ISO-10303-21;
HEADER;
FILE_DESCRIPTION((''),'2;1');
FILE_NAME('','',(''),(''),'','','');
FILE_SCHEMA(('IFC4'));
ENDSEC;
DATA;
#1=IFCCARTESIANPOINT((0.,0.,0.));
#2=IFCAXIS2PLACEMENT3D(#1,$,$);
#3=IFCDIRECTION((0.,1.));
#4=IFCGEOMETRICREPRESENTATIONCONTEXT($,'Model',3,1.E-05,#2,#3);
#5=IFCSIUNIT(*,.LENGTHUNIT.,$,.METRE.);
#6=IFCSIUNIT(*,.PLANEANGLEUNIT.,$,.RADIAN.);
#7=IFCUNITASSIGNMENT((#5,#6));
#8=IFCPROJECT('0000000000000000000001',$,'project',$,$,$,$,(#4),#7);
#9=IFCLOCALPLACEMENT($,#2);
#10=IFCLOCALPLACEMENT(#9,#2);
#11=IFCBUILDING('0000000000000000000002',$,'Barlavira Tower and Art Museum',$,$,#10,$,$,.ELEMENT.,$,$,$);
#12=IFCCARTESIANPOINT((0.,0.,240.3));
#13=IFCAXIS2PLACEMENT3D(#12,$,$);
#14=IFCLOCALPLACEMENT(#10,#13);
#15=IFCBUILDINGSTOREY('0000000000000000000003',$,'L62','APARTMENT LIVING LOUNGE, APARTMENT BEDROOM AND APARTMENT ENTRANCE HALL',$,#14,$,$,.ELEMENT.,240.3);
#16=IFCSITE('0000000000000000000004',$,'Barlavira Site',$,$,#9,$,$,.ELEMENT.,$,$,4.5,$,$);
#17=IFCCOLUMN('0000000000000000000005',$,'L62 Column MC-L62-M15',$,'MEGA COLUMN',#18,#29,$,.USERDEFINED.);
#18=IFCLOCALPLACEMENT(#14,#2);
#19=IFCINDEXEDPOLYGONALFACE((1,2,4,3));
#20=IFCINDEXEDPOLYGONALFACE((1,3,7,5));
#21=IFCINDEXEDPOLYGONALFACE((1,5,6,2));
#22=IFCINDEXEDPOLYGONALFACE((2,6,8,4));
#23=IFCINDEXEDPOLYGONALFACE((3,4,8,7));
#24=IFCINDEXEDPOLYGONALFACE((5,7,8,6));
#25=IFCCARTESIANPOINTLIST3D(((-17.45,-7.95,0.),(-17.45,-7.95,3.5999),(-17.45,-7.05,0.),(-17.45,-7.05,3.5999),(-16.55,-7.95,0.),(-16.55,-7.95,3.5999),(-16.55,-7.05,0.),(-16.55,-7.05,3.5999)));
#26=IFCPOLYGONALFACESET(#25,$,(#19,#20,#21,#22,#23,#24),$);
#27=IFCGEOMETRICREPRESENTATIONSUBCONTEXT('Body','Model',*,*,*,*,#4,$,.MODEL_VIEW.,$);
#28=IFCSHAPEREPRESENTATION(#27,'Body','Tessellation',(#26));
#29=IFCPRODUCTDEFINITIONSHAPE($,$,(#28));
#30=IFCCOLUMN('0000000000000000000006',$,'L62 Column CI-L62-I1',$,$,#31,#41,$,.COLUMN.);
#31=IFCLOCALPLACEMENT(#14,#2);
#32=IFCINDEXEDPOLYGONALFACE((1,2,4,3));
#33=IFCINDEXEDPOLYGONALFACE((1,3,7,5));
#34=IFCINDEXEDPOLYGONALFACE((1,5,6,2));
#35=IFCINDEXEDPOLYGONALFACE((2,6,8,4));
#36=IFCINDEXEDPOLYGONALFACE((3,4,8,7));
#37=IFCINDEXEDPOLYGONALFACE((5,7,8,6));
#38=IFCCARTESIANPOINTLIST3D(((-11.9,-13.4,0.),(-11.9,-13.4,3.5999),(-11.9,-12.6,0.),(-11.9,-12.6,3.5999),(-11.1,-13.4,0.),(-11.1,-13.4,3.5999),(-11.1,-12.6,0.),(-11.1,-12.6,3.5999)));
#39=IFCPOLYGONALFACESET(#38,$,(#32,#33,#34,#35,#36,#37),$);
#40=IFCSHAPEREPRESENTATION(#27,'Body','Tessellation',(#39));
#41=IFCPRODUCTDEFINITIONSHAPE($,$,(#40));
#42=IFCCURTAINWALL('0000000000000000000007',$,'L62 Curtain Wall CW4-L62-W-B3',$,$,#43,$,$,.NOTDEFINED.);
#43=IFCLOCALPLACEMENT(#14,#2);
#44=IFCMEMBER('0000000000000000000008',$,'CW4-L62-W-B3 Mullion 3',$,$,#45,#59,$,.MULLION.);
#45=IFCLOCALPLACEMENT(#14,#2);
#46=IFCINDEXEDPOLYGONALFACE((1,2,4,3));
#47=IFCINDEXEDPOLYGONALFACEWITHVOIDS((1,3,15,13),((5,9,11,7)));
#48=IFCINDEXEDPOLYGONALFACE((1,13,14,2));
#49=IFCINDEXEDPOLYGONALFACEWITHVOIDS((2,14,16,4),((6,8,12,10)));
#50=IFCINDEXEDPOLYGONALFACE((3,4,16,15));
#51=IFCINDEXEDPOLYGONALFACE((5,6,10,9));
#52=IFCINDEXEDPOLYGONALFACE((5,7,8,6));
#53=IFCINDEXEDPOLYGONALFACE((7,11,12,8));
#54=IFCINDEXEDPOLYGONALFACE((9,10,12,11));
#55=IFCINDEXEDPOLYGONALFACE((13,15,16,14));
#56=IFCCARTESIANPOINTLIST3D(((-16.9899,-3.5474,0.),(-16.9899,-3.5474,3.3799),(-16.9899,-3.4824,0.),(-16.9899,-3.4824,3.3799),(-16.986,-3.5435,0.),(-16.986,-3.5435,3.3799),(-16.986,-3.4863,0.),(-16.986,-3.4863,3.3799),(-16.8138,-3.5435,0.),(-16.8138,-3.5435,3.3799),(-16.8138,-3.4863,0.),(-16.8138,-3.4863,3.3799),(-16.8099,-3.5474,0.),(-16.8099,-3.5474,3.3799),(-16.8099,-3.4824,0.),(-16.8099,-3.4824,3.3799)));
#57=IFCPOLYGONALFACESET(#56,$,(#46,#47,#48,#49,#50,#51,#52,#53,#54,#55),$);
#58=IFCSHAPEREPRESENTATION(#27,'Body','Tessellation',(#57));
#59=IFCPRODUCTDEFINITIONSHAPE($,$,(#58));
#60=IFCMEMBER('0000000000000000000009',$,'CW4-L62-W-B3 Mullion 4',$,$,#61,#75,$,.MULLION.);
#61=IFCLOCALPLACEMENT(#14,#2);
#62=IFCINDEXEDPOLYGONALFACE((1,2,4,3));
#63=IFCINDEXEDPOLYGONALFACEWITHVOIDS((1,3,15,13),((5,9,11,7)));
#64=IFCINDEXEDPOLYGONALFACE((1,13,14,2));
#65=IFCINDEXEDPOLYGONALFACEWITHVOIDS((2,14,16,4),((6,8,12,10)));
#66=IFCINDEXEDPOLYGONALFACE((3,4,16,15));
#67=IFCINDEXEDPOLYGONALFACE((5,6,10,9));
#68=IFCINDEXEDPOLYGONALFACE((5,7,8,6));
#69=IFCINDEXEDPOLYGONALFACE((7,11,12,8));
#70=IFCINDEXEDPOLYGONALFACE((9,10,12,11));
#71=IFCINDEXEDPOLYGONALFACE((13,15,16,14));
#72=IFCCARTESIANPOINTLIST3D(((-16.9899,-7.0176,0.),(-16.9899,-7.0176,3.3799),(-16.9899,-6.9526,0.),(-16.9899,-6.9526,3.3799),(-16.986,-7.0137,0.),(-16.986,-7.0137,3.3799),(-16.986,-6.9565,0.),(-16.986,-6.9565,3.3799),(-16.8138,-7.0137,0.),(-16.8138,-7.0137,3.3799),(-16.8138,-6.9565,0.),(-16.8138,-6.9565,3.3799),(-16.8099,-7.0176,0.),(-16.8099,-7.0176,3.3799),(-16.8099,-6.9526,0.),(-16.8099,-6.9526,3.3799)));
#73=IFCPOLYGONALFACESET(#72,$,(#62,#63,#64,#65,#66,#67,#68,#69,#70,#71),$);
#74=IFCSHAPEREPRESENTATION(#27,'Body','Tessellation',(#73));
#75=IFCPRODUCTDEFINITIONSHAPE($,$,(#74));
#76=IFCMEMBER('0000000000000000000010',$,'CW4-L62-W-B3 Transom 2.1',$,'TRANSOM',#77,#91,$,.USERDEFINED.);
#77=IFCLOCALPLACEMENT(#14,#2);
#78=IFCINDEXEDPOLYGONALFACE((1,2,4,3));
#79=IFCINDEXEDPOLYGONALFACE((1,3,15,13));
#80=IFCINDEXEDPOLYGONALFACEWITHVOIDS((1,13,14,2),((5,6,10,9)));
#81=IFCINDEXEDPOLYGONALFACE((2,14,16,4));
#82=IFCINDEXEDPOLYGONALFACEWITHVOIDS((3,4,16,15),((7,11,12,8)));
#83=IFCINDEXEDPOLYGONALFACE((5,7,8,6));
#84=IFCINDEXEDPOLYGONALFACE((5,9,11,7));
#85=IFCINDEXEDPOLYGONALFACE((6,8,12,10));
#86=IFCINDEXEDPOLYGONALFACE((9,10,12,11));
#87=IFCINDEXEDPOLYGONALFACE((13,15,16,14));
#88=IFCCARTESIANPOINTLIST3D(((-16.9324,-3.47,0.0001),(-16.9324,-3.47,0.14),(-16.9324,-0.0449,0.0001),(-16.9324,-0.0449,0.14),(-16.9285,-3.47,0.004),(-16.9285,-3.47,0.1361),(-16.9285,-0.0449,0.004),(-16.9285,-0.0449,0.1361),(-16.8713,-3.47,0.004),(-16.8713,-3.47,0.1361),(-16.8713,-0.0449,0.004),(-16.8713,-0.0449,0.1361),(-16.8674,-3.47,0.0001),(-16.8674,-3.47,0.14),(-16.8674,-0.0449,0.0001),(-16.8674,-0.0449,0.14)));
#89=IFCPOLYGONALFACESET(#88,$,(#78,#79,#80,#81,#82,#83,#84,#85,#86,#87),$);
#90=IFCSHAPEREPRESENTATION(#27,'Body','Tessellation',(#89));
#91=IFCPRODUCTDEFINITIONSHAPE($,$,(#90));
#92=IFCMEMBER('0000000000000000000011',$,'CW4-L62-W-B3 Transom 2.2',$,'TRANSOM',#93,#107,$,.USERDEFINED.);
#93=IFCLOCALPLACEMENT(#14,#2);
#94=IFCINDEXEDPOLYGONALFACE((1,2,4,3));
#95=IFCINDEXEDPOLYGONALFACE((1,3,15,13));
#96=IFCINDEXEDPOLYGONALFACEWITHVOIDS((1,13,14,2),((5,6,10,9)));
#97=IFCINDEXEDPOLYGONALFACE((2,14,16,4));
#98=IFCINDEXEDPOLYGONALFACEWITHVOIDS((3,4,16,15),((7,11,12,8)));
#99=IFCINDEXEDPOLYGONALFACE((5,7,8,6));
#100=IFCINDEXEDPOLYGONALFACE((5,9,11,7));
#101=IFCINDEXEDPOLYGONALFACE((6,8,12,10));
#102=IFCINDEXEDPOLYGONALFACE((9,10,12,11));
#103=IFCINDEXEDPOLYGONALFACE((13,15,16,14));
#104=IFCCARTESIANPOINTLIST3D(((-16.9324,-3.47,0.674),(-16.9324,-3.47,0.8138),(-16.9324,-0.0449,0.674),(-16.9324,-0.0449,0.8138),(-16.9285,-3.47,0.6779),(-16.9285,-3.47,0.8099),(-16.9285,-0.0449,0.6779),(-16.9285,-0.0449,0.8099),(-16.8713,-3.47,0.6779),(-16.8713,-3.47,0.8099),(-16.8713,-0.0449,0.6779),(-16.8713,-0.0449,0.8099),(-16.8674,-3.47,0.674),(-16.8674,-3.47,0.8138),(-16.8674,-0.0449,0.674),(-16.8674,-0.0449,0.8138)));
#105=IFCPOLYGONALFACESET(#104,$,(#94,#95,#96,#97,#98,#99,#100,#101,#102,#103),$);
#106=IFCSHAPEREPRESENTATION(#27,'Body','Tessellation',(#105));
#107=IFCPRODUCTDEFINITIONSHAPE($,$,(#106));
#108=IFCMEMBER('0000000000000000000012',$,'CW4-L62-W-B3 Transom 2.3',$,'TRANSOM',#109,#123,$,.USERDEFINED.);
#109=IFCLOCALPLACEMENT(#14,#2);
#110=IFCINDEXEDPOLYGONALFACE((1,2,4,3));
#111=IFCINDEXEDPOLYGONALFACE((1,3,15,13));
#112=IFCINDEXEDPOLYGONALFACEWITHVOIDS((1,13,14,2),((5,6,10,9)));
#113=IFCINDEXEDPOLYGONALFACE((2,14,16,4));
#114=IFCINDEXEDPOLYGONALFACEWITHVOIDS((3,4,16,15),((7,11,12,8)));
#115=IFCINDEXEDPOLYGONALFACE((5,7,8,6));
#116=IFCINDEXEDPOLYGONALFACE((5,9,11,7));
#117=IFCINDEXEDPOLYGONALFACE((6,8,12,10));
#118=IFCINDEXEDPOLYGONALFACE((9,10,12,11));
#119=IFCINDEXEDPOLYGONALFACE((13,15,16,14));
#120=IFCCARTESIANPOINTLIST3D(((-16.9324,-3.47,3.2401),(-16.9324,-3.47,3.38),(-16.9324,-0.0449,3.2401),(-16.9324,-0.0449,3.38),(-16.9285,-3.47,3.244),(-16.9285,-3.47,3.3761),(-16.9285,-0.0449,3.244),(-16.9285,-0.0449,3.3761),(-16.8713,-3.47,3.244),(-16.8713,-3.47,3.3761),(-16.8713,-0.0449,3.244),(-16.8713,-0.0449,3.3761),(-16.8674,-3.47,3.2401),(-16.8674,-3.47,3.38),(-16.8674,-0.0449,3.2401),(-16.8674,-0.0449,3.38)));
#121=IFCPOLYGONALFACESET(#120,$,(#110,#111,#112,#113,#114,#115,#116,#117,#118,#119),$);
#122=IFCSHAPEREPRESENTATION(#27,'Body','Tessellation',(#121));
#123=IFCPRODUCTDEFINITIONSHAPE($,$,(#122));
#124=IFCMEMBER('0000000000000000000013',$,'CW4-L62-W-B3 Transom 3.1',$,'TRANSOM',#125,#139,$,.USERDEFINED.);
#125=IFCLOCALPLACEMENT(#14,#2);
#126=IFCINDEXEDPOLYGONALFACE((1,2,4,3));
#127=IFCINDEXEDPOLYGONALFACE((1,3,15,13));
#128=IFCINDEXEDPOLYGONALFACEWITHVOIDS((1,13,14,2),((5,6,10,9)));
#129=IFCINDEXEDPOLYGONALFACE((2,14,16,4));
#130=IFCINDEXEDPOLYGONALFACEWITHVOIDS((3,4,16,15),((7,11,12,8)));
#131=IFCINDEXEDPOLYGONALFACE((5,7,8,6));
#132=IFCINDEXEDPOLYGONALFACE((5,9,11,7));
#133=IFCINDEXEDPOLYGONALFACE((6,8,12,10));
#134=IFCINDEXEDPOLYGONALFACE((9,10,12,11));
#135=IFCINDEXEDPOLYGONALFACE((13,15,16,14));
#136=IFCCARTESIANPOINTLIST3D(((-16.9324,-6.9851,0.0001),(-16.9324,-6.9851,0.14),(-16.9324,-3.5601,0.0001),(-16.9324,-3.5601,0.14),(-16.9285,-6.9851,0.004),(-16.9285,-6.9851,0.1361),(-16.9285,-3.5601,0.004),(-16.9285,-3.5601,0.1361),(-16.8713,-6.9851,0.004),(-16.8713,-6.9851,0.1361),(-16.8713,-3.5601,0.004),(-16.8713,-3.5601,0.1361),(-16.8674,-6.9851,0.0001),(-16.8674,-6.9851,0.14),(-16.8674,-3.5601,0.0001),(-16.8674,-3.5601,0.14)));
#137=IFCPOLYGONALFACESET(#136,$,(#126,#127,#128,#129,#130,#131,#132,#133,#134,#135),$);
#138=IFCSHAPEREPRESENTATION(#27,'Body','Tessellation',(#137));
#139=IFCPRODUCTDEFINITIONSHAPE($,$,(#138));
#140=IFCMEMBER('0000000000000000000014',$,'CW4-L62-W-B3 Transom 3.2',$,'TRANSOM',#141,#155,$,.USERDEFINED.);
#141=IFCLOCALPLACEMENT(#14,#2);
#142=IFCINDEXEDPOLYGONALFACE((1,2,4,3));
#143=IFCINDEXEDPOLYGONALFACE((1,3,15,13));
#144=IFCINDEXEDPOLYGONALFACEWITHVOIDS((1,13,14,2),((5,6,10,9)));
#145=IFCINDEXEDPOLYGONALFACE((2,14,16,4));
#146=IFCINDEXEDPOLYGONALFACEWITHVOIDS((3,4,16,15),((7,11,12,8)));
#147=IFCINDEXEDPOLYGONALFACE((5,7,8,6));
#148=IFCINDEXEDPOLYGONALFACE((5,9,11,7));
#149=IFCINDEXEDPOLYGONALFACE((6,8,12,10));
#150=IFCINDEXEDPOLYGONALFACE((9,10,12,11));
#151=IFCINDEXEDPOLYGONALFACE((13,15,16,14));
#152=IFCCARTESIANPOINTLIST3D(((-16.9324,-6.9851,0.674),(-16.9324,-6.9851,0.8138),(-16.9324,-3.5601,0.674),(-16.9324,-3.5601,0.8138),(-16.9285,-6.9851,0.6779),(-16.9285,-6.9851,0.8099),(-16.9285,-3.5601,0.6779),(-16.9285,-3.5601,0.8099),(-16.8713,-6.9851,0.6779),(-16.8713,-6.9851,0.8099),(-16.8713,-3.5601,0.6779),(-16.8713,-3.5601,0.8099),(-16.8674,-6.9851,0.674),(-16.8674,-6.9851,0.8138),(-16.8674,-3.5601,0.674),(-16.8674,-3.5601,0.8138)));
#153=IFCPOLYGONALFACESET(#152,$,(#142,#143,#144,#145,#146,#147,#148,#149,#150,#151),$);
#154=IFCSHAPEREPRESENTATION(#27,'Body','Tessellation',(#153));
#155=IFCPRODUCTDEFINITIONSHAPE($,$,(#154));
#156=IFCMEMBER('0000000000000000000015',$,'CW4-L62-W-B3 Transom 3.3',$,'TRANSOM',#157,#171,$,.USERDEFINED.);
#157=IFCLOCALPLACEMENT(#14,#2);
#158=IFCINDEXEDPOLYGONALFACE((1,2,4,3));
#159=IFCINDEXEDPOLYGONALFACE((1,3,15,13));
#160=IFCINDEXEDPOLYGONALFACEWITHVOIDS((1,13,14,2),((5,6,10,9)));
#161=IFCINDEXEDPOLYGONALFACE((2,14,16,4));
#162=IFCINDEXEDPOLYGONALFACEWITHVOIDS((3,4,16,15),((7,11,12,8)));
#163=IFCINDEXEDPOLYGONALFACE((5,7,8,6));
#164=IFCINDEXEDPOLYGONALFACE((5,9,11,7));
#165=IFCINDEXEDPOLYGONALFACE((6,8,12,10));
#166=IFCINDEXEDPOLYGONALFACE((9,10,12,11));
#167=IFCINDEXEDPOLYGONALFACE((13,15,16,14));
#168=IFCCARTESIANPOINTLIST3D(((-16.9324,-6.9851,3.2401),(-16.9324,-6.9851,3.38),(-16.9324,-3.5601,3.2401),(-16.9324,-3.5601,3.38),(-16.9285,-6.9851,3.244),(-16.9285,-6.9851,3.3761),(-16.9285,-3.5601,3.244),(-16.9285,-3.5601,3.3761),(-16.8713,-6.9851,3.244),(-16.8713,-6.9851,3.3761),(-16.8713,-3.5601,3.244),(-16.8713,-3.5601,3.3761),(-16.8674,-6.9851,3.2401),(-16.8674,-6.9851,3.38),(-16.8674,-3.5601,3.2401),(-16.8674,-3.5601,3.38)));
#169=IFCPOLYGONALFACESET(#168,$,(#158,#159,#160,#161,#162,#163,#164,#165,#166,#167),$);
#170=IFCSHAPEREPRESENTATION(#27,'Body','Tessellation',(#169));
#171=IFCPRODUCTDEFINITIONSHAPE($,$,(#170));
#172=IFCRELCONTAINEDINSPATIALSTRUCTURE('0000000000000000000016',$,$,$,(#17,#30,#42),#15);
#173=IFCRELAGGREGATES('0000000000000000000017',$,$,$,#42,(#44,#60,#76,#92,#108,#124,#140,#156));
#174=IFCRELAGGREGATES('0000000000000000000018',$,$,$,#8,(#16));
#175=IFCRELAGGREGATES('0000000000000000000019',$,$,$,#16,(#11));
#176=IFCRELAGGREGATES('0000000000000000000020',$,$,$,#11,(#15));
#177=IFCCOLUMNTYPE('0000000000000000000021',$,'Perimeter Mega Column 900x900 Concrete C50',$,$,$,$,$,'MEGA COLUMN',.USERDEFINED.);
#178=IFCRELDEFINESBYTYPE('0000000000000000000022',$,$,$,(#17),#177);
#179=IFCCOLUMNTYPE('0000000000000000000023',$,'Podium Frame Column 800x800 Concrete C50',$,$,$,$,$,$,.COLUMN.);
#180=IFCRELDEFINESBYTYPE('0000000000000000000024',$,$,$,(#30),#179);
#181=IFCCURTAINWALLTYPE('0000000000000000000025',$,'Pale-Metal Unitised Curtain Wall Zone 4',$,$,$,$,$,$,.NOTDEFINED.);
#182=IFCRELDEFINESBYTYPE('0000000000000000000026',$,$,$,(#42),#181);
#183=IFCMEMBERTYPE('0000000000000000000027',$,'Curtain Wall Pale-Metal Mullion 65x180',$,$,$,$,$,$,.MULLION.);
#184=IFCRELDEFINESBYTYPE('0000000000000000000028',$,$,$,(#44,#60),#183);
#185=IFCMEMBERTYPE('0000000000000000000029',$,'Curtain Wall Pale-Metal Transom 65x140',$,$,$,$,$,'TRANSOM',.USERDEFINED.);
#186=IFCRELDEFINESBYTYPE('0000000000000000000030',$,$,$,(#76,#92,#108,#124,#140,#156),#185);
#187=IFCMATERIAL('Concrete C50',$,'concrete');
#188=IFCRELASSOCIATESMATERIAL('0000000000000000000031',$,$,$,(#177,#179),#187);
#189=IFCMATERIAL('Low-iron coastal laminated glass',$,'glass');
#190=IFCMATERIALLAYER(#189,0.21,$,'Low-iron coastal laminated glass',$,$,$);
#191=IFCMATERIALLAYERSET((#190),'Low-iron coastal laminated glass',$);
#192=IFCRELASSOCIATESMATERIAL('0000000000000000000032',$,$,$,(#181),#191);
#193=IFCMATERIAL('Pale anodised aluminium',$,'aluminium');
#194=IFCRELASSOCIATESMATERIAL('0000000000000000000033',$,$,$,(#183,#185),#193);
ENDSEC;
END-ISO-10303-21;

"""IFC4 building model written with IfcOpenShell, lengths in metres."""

from ifc_helpers import new_model, si_unit, direction, frame, origin, origin_2d, place, context, subcontext, project, spatial, rectangle, hollow_rectangle, extrude, material, layer, layer_set, material_profile, profile_set, type_object, element, aggregate, save


model = new_model("IFC4")

# Units and contexts
model_context = context("Model", 3, precision=1e-05, world=origin(), true_north=direction((0.0, 1.0)))
body_context = subcontext(model_context, "Body", "Model", "MODEL_VIEW")
ifc_project = project(units=[si_unit("LENGTHUNIT", "METRE"), si_unit("PLANEANGLEUNIT", "RADIAN")], contexts=[model_context])

# Site, building, storey
site_placement = place(None, origin())
site = spatial("IfcSite", under=ifc_project, at=site_placement, Name="Barlavira Site", CompositionType="ELEMENT", RefElevation=4.5)
building_placement = place(site_placement, origin())
building = spatial("IfcBuilding", under=site, at=building_placement, Name="Barlavira Tower and Art Museum", CompositionType="ELEMENT")
storey_placement = place(building_placement, frame((0.0, 0.0, 240.3)))
storey = spatial("IfcBuildingStorey", under=building, at=storey_placement, Name="L62", Description="APARTMENT LIVING LOUNGE, APARTMENT BEDROOM AND APARTMENT ENTRANCE HALL", CompositionType="ELEMENT", Elevation=240.3)

# Columns
ifc_material_1 = material(Name="Concrete C50", Category="concrete")
ifc_material_profile_1 = material_profile(ifc_material_1, rectangle(XDim=0.8999, YDim=0.8999, at=origin_2d()), Name="RC-COL 900x900")
ifc_profile_set_1 = profile_set([ifc_material_profile_1], Name="Concrete C50")
column_type_1 = type_object("IfcColumnType", Name="Perimeter Mega Column 900x900 Concrete C50", ElementType="MEGA COLUMN", PredefinedType="USERDEFINED", material=ifc_profile_set_1)
column_1_placement = place(storey_placement, frame((-17.0, -7.5, 0.0), z_axis=(0.0, 0.0, 1.0), x_axis=(1.0, 0.0, 0.0)))
element("IfcColumn", 1, at=column_1_placement, inside=storey, type_object=column_type_1, Name="L62 Column MC-L62-M15", ObjectType="MEGA COLUMN", PredefinedType="USERDEFINED", context=body_context, shape_type="SweptSolid", body=[
    extrude(rectangle(XDim=0.8999, YDim=0.8999, at=origin_2d()), origin(), (0.0, 0.0, 1.0), 3.5999),
])
ifc_material_profile_2 = material_profile(ifc_material_1, rectangle(XDim=0.8, YDim=0.8, at=origin_2d()), Name="RC-COL 800x800")
ifc_profile_set_2 = profile_set([ifc_material_profile_2], Name="Concrete C50")
column_type_2 = type_object("IfcColumnType", Name="Podium Frame Column 800x800 Concrete C50", PredefinedType="COLUMN", material=ifc_profile_set_2)
column_2_placement = place(storey_placement, frame((-11.5, -13.0, 0.0), z_axis=(0.0, 0.0, 1.0), x_axis=(1.0, 0.0, 0.0)))
element("IfcColumn", 2, at=column_2_placement, inside=storey, type_object=column_type_2, Name="L62 Column CI-L62-I1", PredefinedType="COLUMN", context=body_context, shape_type="SweptSolid", body=[
    extrude(rectangle(XDim=0.8, YDim=0.8, at=origin_2d()), origin(), (0.0, 0.0, 1.0), 3.5999),
])

# Curtain wall, members
ifc_material_2 = material(Name="Low-iron coastal laminated glass", Category="glass")
ifc_layer_1 = layer(ifc_material_2, 0.21, Name="Low-iron coastal laminated glass")
ifc_layer_set_1 = layer_set([ifc_layer_1], Name="Low-iron coastal laminated glass")
curtain_wall_type = type_object("IfcCurtainWallType", Name="Pale-Metal Unitised Curtain Wall Zone 4", PredefinedType="NOTDEFINED", material=ifc_layer_set_1)
curtain_wall_placement = place(storey_placement, origin())
curtain_wall = element("IfcCurtainWall", 3, at=curtain_wall_placement, inside=storey, type_object=curtain_wall_type, Name="L62 Curtain Wall CW4-L62-W-B3", PredefinedType="NOTDEFINED")
ifc_material_3 = material(Name="Pale anodised aluminium", Category="aluminium")
ifc_material_profile_3 = material_profile(ifc_material_3, hollow_rectangle(XDim=0.0649, YDim=0.1799, WallThickness=0.0039, at=origin_2d()), Name="ALU-MULL 65x180x4")
ifc_profile_set_3 = profile_set([ifc_material_profile_3], Name="Pale anodised aluminium")
member_type_1 = type_object("IfcMemberType", Name="Curtain Wall Pale-Metal Mullion 65x180", PredefinedType="MULLION", material=ifc_profile_set_3)
member_1_placement = place(storey_placement, frame((-16.8999, -3.5149, 0.0), z_axis=(0.0, 0.0, 1.0), x_axis=(0.0, -1.0, 0.0)))
member_1 = element("IfcMember", 4, at=member_1_placement, type_object=member_type_1, Name="CW4-L62-W-B3 Mullion 3", PredefinedType="MULLION", context=body_context, shape_type="SweptSolid", body=[
    extrude(hollow_rectangle(XDim=0.0649, YDim=0.1799, WallThickness=0.0039, at=origin_2d()), origin(), (0.0, 0.0, 1.0), 3.3799),
])
member_2_placement = place(storey_placement, frame((-16.8999, -6.9851, 0.0), z_axis=(0.0, 0.0, 1.0), x_axis=(0.0, -1.0, 0.0)))
member_2 = element("IfcMember", 5, at=member_2_placement, type_object=member_type_1, Name="CW4-L62-W-B3 Mullion 4", PredefinedType="MULLION", context=body_context, shape_type="SweptSolid", body=[
    extrude(hollow_rectangle(XDim=0.0649, YDim=0.1799, WallThickness=0.0039, at=origin_2d()), origin(), (0.0, 0.0, 1.0), 3.3799),
])
ifc_material_profile_4 = material_profile(ifc_material_3, hollow_rectangle(XDim=0.0649, YDim=0.1399, WallThickness=0.0039, at=origin_2d()), Name="ALU-TRAN 65x140x4")
ifc_profile_set_4 = profile_set([ifc_material_profile_4], Name="Pale anodised aluminium")
member_type_2 = type_object("IfcMemberType", Name="Curtain Wall Pale-Metal Transom 65x140", ElementType="TRANSOM", PredefinedType="USERDEFINED", material=ifc_profile_set_4)
member_3_placement = place(storey_placement, frame((-16.8999, -0.0449, 0.0701), z_axis=(0.0, -1.0, 0.0), x_axis=(1.0, 0.0, 0.0)))
member_3 = element("IfcMember", 6, at=member_3_placement, type_object=member_type_2, Name="CW4-L62-W-B3 Transom 2.1", ObjectType="TRANSOM", PredefinedType="USERDEFINED", context=body_context, shape_type="SweptSolid", body=[
    extrude(hollow_rectangle(XDim=0.0649, YDim=0.1399, WallThickness=0.0039, at=origin_2d()), origin(), (0.0, 0.0, 1.0), 3.425),
])
member_4_placement = place(storey_placement, frame((-16.8999, -0.0449, 0.7439), z_axis=(0.0, -1.0, 0.0), x_axis=(1.0, 0.0, 0.0)))
member_4 = element("IfcMember", 7, at=member_4_placement, type_object=member_type_2, Name="CW4-L62-W-B3 Transom 2.2", ObjectType="TRANSOM", PredefinedType="USERDEFINED", context=body_context, shape_type="SweptSolid", body=[
    extrude(hollow_rectangle(XDim=0.0649, YDim=0.1399, WallThickness=0.0039, at=origin_2d()), origin(), (0.0, 0.0, 1.0), 3.425),
])
member_5_placement = place(storey_placement, frame((-16.8999, -0.0449, 3.3101), z_axis=(0.0, -1.0, 0.0), x_axis=(1.0, 0.0, 0.0)))
member_5 = element("IfcMember", 8, at=member_5_placement, type_object=member_type_2, Name="CW4-L62-W-B3 Transom 2.3", ObjectType="TRANSOM", PredefinedType="USERDEFINED", context=body_context, shape_type="SweptSolid", body=[
    extrude(hollow_rectangle(XDim=0.0649, YDim=0.1399, WallThickness=0.0039, at=origin_2d()), origin(), (0.0, 0.0, 1.0), 3.425),
])
member_6_placement = place(storey_placement, frame((-16.8999, -3.5601, 0.0701), z_axis=(0.0, -1.0, 0.0), x_axis=(1.0, 0.0, 0.0)))
member_6 = element("IfcMember", 9, at=member_6_placement, type_object=member_type_2, Name="CW4-L62-W-B3 Transom 3.1", ObjectType="TRANSOM", PredefinedType="USERDEFINED", context=body_context, shape_type="SweptSolid", body=[
    extrude(hollow_rectangle(XDim=0.0649, YDim=0.1399, WallThickness=0.0039, at=origin_2d()), origin(), (0.0, 0.0, 1.0), 3.425),
])
member_7_placement = place(storey_placement, frame((-16.8999, -3.5601, 0.7439), z_axis=(0.0, -1.0, 0.0), x_axis=(1.0, 0.0, 0.0)))
member_7 = element("IfcMember", 10, at=member_7_placement, type_object=member_type_2, Name="CW4-L62-W-B3 Transom 3.2", ObjectType="TRANSOM", PredefinedType="USERDEFINED", context=body_context, shape_type="SweptSolid", body=[
    extrude(hollow_rectangle(XDim=0.0649, YDim=0.1399, WallThickness=0.0039, at=origin_2d()), origin(), (0.0, 0.0, 1.0), 3.425),
])
member_8_placement = place(storey_placement, frame((-16.8999, -3.5601, 3.3101), z_axis=(0.0, -1.0, 0.0), x_axis=(1.0, 0.0, 0.0)))
member_8 = element("IfcMember", 11, at=member_8_placement, type_object=member_type_2, Name="CW4-L62-W-B3 Transom 3.3", ObjectType="TRANSOM", PredefinedType="USERDEFINED", context=body_context, shape_type="SweptSolid", body=[
    extrude(hollow_rectangle(XDim=0.0649, YDim=0.1399, WallThickness=0.0039, at=origin_2d()), origin(), (0.0, 0.0, 1.0), 3.425),
])

aggregate(curtain_wall, [member_1, member_2, member_3, member_4, member_5, member_6, member_7, member_8])

save(model, "model.ifc")
